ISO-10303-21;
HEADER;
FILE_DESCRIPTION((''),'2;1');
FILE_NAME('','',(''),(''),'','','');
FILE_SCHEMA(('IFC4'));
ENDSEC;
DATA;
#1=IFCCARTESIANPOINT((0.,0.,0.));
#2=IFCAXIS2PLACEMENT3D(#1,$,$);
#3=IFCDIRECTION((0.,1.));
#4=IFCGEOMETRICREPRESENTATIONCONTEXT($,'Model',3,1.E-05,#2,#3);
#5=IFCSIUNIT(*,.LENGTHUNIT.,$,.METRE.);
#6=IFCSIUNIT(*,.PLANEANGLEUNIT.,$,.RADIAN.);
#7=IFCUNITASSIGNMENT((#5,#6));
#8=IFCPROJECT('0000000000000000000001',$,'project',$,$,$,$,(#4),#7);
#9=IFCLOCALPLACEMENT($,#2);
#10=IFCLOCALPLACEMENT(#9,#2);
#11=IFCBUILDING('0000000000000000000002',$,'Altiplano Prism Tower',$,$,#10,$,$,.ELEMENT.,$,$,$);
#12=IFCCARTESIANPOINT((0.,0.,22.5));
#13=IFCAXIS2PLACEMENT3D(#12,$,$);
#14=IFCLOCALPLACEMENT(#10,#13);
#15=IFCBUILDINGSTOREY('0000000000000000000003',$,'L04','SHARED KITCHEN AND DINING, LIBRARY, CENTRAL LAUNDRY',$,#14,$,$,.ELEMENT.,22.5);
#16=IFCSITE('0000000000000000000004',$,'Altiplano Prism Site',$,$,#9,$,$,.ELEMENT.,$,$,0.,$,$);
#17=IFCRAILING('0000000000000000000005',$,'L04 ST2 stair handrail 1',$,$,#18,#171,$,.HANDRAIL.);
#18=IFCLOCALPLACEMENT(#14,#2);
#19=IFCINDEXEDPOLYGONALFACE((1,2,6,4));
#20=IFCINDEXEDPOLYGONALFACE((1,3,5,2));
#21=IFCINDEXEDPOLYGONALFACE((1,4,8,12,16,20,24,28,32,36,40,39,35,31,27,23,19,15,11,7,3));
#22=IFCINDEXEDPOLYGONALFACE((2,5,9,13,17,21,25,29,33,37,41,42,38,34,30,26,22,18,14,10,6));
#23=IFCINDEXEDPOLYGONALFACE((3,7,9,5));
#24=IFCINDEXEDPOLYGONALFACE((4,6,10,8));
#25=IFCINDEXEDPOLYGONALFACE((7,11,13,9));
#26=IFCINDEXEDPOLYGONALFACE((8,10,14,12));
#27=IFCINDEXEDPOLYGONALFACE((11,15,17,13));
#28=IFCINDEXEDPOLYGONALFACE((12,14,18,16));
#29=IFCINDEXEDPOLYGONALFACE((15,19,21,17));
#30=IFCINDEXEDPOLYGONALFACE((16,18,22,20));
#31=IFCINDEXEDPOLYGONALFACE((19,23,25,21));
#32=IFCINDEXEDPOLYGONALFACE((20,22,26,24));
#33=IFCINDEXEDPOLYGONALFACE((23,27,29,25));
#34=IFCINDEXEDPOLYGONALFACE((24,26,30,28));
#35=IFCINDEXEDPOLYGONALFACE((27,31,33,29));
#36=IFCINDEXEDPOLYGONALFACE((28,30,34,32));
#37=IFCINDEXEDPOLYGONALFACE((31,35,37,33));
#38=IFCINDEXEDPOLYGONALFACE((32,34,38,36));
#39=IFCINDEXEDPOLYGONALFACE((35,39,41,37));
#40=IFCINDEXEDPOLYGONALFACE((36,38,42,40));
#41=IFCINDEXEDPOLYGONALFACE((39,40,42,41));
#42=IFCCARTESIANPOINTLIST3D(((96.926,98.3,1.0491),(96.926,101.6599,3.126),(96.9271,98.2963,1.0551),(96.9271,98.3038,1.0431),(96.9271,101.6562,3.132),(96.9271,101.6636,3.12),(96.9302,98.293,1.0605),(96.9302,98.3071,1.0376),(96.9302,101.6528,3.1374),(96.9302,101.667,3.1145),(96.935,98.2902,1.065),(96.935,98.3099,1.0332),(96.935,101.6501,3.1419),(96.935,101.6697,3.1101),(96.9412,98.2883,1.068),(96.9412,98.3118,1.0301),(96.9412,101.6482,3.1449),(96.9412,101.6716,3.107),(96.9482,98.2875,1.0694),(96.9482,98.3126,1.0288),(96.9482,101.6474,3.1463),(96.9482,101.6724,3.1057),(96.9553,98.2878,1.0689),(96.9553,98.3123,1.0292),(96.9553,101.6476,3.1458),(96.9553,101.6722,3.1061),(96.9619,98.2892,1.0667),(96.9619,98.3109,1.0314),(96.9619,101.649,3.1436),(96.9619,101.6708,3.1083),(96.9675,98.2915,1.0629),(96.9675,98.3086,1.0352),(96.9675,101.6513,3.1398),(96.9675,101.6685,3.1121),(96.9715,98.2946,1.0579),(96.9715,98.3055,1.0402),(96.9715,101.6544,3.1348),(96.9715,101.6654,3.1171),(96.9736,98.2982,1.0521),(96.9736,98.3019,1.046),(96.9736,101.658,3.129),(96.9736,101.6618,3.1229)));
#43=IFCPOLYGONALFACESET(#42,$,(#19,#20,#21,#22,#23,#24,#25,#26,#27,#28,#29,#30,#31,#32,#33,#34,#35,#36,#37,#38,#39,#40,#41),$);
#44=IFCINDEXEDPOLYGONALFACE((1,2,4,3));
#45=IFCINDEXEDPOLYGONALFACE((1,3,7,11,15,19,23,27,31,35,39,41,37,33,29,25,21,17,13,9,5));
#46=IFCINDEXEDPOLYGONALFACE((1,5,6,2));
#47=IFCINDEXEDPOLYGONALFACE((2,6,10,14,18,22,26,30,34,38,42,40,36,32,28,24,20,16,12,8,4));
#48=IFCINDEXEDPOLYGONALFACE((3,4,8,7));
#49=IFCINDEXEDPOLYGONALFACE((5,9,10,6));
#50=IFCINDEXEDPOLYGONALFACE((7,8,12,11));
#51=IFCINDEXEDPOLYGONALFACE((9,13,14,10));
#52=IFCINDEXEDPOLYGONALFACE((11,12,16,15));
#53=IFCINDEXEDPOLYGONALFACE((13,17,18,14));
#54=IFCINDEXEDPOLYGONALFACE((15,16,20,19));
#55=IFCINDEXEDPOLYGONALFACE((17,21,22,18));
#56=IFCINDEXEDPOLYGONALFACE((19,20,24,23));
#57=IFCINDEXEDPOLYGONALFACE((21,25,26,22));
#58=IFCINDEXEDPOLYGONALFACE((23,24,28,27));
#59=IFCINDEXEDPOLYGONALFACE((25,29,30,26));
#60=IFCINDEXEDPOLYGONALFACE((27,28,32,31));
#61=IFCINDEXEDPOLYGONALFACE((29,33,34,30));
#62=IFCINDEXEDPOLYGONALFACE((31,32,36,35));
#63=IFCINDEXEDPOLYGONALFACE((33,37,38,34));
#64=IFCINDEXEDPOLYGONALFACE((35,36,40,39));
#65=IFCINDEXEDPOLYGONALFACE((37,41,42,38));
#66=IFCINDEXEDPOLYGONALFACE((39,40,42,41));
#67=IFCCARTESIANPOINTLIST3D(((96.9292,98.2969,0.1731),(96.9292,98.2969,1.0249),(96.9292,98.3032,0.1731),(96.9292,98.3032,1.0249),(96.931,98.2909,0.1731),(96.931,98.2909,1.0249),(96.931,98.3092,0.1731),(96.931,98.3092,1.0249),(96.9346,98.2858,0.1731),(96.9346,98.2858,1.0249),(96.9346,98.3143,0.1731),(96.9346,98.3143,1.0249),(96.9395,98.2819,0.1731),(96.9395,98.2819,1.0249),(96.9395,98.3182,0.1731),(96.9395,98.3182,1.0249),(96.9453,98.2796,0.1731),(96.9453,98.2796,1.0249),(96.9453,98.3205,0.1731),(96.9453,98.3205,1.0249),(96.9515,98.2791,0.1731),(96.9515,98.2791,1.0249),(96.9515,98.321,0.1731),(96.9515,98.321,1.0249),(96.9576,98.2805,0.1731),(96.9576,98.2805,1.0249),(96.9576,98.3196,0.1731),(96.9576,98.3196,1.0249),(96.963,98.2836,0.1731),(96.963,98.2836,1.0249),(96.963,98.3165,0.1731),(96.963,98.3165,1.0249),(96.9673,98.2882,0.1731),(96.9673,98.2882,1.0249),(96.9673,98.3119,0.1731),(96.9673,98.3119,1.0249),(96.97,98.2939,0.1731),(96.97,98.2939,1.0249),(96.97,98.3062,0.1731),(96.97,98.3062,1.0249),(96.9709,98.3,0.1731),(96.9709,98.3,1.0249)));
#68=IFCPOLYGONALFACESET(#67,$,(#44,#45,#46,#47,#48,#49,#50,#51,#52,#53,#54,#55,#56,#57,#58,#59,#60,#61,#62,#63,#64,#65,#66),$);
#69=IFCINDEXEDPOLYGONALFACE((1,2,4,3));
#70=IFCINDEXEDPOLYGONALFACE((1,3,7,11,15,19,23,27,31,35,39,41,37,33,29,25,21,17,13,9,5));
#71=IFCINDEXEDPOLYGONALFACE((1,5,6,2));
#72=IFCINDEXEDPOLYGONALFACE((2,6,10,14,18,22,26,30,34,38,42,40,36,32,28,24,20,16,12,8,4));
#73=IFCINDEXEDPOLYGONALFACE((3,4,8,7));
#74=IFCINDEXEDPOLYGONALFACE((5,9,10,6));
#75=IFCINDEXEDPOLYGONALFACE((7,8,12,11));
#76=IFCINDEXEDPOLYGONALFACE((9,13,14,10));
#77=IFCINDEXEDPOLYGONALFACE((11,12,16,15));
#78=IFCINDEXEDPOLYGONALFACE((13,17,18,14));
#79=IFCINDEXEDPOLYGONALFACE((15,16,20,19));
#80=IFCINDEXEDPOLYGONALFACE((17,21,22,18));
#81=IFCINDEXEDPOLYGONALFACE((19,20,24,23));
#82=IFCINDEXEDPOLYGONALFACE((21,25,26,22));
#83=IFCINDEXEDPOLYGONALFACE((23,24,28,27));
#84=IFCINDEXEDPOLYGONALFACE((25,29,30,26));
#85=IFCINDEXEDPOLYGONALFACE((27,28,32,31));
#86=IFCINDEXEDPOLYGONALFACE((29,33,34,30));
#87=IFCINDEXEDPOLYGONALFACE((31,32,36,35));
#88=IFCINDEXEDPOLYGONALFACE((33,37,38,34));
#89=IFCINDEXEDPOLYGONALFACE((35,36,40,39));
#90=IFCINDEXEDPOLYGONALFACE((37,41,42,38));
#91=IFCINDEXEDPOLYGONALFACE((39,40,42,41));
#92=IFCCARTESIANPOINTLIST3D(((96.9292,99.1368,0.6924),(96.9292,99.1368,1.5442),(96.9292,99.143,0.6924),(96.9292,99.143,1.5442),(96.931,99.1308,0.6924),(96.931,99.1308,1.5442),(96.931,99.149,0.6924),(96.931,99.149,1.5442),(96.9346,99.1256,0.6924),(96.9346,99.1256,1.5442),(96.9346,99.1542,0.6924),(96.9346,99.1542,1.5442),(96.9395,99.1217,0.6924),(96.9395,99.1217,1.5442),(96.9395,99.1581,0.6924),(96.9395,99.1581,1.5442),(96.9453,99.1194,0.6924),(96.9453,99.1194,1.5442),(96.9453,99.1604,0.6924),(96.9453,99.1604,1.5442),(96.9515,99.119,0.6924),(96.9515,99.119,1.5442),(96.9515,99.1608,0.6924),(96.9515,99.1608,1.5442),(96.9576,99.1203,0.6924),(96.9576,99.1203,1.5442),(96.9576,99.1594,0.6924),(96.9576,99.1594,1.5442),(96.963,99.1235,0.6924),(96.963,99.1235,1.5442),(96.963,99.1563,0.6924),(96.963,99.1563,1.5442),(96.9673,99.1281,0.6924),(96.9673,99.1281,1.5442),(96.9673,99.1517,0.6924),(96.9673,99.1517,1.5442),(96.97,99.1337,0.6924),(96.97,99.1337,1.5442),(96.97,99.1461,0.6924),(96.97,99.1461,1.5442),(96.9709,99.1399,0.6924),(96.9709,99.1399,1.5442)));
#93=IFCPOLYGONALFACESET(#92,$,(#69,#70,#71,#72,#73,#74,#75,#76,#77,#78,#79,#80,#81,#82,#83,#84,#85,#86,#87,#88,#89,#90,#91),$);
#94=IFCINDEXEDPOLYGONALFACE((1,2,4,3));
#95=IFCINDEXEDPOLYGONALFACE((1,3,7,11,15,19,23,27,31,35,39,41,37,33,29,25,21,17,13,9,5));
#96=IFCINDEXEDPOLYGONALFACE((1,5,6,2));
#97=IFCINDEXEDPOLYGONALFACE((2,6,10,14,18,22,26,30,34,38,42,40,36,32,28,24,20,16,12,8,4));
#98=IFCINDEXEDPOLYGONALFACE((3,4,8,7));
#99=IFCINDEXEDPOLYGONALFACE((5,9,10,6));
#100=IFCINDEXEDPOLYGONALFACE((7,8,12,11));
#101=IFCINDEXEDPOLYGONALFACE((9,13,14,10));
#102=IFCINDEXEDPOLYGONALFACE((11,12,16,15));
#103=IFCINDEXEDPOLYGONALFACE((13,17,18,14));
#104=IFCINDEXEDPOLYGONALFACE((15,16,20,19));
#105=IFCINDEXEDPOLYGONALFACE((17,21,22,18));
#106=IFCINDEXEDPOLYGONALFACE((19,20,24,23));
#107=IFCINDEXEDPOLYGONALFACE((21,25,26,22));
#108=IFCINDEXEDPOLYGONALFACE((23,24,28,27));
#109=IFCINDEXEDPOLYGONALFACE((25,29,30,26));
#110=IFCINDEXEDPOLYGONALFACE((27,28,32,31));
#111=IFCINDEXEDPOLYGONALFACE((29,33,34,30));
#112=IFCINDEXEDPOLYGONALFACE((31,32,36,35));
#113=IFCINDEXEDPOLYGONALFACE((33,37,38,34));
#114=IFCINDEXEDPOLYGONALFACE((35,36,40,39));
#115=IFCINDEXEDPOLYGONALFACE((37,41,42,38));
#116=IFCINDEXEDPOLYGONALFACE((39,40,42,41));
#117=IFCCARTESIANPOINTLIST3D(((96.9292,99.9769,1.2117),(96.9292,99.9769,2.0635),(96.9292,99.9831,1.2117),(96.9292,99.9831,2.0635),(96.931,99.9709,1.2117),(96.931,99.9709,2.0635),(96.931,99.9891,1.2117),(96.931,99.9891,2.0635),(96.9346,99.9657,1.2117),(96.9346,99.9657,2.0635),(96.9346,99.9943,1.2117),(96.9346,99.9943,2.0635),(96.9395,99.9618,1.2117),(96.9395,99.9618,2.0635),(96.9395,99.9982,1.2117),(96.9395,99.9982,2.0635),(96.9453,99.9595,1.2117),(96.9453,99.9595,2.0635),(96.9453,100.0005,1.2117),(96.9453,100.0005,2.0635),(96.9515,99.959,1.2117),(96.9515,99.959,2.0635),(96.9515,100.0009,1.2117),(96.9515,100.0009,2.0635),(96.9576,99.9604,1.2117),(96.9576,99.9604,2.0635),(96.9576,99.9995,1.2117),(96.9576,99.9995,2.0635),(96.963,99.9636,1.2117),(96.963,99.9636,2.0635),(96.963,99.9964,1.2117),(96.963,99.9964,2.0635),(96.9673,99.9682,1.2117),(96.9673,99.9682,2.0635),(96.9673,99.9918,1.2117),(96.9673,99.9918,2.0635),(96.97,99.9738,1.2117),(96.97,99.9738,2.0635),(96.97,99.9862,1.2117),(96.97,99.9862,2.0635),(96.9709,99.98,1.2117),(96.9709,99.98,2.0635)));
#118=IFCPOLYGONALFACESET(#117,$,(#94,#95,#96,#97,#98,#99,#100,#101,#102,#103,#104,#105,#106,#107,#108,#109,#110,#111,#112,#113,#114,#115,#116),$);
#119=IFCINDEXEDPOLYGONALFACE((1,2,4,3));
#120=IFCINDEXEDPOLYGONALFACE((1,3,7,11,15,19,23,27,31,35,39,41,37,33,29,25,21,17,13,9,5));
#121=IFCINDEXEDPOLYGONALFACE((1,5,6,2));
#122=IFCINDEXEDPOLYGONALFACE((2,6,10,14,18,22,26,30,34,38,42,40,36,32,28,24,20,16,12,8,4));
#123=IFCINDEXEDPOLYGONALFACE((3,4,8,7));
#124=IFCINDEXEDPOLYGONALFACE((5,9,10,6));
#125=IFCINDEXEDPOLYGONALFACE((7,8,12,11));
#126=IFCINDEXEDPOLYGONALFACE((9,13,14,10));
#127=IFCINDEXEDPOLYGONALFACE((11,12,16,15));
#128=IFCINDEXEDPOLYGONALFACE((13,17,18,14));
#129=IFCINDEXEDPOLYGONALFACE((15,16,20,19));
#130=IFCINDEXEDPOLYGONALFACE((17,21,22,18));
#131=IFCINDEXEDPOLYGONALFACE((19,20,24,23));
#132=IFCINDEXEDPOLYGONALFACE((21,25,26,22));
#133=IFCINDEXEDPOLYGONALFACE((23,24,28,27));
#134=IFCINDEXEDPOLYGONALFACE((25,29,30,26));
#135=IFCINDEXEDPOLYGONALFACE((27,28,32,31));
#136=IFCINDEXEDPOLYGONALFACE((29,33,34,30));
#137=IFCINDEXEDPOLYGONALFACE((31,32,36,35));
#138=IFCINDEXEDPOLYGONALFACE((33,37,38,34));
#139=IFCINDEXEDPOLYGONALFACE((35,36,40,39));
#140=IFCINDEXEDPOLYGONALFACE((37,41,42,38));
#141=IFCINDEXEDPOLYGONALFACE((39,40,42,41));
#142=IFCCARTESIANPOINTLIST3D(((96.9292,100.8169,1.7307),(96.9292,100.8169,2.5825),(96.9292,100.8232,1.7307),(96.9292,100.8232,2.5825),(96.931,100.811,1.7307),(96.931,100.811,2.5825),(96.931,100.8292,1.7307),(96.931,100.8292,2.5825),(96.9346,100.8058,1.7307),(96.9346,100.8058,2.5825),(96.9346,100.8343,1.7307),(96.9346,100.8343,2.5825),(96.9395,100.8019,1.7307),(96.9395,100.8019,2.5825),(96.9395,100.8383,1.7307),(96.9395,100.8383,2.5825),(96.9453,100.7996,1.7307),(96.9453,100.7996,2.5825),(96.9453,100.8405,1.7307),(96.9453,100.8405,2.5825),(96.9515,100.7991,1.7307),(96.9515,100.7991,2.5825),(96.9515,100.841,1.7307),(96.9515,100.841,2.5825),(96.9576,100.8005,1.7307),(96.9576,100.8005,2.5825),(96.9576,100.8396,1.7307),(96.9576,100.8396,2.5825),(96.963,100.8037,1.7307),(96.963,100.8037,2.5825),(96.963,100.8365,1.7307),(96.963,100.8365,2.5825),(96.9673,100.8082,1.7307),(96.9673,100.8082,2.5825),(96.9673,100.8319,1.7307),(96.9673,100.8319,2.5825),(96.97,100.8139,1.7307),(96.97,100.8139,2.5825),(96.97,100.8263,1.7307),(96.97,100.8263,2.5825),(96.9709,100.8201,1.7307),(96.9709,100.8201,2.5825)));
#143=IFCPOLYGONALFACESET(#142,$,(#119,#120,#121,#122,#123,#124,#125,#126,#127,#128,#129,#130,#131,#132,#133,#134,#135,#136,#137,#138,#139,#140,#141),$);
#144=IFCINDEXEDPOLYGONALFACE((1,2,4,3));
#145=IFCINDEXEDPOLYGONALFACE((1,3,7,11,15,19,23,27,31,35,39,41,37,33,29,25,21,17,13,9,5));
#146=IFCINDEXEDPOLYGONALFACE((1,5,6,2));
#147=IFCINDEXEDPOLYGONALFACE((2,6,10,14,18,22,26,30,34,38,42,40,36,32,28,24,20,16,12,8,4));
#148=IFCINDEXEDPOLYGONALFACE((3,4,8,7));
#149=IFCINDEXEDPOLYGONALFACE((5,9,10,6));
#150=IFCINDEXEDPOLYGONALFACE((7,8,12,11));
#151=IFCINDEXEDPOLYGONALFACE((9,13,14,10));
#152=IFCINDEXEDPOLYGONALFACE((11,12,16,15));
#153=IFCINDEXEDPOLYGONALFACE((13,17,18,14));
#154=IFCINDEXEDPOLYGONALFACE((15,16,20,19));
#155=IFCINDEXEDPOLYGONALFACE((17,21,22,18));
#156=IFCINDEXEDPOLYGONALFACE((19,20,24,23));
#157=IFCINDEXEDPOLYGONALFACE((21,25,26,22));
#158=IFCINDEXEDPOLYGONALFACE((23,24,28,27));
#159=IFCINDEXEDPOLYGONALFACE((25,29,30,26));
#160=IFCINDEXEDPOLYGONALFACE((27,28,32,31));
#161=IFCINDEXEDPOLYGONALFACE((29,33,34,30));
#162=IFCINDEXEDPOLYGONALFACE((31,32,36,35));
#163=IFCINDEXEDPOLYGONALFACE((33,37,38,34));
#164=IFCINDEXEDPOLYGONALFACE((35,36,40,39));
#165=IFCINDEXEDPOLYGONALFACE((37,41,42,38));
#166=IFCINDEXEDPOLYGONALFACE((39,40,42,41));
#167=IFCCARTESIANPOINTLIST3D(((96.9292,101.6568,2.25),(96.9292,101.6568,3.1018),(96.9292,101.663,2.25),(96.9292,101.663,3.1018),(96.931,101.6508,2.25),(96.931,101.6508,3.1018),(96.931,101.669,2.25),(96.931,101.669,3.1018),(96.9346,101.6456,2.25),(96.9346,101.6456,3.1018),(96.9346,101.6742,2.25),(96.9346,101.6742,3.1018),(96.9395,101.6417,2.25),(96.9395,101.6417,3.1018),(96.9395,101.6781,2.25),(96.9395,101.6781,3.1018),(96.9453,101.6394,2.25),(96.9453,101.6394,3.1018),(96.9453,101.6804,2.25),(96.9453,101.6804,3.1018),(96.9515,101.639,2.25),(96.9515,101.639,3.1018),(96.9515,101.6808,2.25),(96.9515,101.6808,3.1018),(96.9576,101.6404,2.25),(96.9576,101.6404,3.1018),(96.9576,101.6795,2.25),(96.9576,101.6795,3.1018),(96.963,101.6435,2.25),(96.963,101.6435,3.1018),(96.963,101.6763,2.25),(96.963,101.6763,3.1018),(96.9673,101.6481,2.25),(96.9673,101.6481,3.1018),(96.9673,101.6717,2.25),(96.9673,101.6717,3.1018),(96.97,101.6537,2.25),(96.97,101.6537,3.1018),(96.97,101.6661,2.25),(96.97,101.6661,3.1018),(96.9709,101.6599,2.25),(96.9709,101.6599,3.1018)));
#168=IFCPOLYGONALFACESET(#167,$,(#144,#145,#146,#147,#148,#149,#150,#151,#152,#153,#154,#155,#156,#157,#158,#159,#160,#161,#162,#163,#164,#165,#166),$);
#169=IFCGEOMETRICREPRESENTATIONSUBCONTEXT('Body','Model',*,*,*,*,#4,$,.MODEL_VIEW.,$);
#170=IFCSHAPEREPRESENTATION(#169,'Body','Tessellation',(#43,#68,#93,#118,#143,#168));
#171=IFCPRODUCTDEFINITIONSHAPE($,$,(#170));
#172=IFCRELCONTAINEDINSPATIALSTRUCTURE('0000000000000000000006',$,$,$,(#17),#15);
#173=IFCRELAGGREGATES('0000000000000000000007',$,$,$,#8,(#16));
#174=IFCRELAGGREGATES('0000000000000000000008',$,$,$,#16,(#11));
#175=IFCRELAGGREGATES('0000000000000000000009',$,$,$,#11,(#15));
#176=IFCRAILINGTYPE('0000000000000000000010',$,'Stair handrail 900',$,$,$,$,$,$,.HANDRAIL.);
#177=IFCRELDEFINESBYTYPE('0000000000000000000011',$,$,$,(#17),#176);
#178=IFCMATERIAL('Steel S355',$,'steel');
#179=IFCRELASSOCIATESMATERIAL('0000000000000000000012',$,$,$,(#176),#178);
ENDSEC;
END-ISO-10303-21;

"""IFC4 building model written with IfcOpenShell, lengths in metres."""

from ifc_helpers import new_model, si_unit, direction, frame, origin, origin_2d, place, context, subcontext, project, spatial, circle, extrude, material, type_object, element, save


model = new_model("IFC4")

# Units and contexts
model_context = context("Model", 3, precision=1e-05, world=origin(), true_north=direction((0.0, 1.0)))
body_context = subcontext(model_context, "Body", "Model", "MODEL_VIEW")
ifc_project = project(units=[si_unit("LENGTHUNIT", "METRE"), si_unit("PLANEANGLEUNIT", "RADIAN")], contexts=[model_context])

# Site, building, storey
site_placement = place(None, origin())
site = spatial("IfcSite", under=ifc_project, at=site_placement, Name="Altiplano Prism Site", CompositionType="ELEMENT", RefElevation=0.0)
building_placement = place(site_placement, origin())
building = spatial("IfcBuilding", under=site, at=building_placement, Name="Altiplano Prism Tower", CompositionType="ELEMENT")
storey_placement = place(building_placement, frame((0.0, 0.0, 22.5)))
storey = spatial("IfcBuildingStorey", under=building, at=storey_placement, Name="L04", Description="SHARED KITCHEN AND DINING, LIBRARY, CENTRAL LAUNDRY", CompositionType="ELEMENT", Elevation=22.5)

# Railing
ifc_material_1 = material(Name="Steel S355", Category="steel")
railing_type = type_object("IfcRailingType", Name="Stair handrail 900", PredefinedType="HANDRAIL", material=ifc_material_1)
railing_1_placement = place(storey_placement, frame((96.95, 98.3, 0.1731)))
element("IfcRailing", 1, at=railing_1_placement, inside=storey, type_object=railing_type, Name="L04 ST2 stair handrail 1", PredefinedType="HANDRAIL", context=body_context, shape_type="SweptSolid", body=[
    extrude(circle(Radius=0.0239, at=origin_2d()), frame((0.0, 0.0, 0.876), z_axis=(0.0, 0.850606, 0.525803), x_axis=(-1.0, 0.0, 0.0)), (0.0, 0.0, 1.0), 3.95),
    extrude(circle(Radius=0.021, at=origin_2d()), origin(), (0.0, 0.0, 1.0), 0.8518),
    extrude(circle(Radius=0.021, at=origin_2d()), frame((0.0, 0.8398, 0.5193)), (0.0, 0.0, 1.0), 0.8518),
    extrude(circle(Radius=0.021, at=origin_2d()), frame((0.0, 1.6799, 1.0386)), (0.0, 0.0, 1.0), 0.8518),
    extrude(circle(Radius=0.021, at=origin_2d()), frame((0.0, 2.52, 1.5576)), (0.0, 0.0, 1.0), 0.8518),
    extrude(circle(Radius=0.021, at=origin_2d()), frame((0.0, 3.3599, 2.0769)), (0.0, 0.0, 1.0), 0.8518),
])

save(model, "model.ifc")
